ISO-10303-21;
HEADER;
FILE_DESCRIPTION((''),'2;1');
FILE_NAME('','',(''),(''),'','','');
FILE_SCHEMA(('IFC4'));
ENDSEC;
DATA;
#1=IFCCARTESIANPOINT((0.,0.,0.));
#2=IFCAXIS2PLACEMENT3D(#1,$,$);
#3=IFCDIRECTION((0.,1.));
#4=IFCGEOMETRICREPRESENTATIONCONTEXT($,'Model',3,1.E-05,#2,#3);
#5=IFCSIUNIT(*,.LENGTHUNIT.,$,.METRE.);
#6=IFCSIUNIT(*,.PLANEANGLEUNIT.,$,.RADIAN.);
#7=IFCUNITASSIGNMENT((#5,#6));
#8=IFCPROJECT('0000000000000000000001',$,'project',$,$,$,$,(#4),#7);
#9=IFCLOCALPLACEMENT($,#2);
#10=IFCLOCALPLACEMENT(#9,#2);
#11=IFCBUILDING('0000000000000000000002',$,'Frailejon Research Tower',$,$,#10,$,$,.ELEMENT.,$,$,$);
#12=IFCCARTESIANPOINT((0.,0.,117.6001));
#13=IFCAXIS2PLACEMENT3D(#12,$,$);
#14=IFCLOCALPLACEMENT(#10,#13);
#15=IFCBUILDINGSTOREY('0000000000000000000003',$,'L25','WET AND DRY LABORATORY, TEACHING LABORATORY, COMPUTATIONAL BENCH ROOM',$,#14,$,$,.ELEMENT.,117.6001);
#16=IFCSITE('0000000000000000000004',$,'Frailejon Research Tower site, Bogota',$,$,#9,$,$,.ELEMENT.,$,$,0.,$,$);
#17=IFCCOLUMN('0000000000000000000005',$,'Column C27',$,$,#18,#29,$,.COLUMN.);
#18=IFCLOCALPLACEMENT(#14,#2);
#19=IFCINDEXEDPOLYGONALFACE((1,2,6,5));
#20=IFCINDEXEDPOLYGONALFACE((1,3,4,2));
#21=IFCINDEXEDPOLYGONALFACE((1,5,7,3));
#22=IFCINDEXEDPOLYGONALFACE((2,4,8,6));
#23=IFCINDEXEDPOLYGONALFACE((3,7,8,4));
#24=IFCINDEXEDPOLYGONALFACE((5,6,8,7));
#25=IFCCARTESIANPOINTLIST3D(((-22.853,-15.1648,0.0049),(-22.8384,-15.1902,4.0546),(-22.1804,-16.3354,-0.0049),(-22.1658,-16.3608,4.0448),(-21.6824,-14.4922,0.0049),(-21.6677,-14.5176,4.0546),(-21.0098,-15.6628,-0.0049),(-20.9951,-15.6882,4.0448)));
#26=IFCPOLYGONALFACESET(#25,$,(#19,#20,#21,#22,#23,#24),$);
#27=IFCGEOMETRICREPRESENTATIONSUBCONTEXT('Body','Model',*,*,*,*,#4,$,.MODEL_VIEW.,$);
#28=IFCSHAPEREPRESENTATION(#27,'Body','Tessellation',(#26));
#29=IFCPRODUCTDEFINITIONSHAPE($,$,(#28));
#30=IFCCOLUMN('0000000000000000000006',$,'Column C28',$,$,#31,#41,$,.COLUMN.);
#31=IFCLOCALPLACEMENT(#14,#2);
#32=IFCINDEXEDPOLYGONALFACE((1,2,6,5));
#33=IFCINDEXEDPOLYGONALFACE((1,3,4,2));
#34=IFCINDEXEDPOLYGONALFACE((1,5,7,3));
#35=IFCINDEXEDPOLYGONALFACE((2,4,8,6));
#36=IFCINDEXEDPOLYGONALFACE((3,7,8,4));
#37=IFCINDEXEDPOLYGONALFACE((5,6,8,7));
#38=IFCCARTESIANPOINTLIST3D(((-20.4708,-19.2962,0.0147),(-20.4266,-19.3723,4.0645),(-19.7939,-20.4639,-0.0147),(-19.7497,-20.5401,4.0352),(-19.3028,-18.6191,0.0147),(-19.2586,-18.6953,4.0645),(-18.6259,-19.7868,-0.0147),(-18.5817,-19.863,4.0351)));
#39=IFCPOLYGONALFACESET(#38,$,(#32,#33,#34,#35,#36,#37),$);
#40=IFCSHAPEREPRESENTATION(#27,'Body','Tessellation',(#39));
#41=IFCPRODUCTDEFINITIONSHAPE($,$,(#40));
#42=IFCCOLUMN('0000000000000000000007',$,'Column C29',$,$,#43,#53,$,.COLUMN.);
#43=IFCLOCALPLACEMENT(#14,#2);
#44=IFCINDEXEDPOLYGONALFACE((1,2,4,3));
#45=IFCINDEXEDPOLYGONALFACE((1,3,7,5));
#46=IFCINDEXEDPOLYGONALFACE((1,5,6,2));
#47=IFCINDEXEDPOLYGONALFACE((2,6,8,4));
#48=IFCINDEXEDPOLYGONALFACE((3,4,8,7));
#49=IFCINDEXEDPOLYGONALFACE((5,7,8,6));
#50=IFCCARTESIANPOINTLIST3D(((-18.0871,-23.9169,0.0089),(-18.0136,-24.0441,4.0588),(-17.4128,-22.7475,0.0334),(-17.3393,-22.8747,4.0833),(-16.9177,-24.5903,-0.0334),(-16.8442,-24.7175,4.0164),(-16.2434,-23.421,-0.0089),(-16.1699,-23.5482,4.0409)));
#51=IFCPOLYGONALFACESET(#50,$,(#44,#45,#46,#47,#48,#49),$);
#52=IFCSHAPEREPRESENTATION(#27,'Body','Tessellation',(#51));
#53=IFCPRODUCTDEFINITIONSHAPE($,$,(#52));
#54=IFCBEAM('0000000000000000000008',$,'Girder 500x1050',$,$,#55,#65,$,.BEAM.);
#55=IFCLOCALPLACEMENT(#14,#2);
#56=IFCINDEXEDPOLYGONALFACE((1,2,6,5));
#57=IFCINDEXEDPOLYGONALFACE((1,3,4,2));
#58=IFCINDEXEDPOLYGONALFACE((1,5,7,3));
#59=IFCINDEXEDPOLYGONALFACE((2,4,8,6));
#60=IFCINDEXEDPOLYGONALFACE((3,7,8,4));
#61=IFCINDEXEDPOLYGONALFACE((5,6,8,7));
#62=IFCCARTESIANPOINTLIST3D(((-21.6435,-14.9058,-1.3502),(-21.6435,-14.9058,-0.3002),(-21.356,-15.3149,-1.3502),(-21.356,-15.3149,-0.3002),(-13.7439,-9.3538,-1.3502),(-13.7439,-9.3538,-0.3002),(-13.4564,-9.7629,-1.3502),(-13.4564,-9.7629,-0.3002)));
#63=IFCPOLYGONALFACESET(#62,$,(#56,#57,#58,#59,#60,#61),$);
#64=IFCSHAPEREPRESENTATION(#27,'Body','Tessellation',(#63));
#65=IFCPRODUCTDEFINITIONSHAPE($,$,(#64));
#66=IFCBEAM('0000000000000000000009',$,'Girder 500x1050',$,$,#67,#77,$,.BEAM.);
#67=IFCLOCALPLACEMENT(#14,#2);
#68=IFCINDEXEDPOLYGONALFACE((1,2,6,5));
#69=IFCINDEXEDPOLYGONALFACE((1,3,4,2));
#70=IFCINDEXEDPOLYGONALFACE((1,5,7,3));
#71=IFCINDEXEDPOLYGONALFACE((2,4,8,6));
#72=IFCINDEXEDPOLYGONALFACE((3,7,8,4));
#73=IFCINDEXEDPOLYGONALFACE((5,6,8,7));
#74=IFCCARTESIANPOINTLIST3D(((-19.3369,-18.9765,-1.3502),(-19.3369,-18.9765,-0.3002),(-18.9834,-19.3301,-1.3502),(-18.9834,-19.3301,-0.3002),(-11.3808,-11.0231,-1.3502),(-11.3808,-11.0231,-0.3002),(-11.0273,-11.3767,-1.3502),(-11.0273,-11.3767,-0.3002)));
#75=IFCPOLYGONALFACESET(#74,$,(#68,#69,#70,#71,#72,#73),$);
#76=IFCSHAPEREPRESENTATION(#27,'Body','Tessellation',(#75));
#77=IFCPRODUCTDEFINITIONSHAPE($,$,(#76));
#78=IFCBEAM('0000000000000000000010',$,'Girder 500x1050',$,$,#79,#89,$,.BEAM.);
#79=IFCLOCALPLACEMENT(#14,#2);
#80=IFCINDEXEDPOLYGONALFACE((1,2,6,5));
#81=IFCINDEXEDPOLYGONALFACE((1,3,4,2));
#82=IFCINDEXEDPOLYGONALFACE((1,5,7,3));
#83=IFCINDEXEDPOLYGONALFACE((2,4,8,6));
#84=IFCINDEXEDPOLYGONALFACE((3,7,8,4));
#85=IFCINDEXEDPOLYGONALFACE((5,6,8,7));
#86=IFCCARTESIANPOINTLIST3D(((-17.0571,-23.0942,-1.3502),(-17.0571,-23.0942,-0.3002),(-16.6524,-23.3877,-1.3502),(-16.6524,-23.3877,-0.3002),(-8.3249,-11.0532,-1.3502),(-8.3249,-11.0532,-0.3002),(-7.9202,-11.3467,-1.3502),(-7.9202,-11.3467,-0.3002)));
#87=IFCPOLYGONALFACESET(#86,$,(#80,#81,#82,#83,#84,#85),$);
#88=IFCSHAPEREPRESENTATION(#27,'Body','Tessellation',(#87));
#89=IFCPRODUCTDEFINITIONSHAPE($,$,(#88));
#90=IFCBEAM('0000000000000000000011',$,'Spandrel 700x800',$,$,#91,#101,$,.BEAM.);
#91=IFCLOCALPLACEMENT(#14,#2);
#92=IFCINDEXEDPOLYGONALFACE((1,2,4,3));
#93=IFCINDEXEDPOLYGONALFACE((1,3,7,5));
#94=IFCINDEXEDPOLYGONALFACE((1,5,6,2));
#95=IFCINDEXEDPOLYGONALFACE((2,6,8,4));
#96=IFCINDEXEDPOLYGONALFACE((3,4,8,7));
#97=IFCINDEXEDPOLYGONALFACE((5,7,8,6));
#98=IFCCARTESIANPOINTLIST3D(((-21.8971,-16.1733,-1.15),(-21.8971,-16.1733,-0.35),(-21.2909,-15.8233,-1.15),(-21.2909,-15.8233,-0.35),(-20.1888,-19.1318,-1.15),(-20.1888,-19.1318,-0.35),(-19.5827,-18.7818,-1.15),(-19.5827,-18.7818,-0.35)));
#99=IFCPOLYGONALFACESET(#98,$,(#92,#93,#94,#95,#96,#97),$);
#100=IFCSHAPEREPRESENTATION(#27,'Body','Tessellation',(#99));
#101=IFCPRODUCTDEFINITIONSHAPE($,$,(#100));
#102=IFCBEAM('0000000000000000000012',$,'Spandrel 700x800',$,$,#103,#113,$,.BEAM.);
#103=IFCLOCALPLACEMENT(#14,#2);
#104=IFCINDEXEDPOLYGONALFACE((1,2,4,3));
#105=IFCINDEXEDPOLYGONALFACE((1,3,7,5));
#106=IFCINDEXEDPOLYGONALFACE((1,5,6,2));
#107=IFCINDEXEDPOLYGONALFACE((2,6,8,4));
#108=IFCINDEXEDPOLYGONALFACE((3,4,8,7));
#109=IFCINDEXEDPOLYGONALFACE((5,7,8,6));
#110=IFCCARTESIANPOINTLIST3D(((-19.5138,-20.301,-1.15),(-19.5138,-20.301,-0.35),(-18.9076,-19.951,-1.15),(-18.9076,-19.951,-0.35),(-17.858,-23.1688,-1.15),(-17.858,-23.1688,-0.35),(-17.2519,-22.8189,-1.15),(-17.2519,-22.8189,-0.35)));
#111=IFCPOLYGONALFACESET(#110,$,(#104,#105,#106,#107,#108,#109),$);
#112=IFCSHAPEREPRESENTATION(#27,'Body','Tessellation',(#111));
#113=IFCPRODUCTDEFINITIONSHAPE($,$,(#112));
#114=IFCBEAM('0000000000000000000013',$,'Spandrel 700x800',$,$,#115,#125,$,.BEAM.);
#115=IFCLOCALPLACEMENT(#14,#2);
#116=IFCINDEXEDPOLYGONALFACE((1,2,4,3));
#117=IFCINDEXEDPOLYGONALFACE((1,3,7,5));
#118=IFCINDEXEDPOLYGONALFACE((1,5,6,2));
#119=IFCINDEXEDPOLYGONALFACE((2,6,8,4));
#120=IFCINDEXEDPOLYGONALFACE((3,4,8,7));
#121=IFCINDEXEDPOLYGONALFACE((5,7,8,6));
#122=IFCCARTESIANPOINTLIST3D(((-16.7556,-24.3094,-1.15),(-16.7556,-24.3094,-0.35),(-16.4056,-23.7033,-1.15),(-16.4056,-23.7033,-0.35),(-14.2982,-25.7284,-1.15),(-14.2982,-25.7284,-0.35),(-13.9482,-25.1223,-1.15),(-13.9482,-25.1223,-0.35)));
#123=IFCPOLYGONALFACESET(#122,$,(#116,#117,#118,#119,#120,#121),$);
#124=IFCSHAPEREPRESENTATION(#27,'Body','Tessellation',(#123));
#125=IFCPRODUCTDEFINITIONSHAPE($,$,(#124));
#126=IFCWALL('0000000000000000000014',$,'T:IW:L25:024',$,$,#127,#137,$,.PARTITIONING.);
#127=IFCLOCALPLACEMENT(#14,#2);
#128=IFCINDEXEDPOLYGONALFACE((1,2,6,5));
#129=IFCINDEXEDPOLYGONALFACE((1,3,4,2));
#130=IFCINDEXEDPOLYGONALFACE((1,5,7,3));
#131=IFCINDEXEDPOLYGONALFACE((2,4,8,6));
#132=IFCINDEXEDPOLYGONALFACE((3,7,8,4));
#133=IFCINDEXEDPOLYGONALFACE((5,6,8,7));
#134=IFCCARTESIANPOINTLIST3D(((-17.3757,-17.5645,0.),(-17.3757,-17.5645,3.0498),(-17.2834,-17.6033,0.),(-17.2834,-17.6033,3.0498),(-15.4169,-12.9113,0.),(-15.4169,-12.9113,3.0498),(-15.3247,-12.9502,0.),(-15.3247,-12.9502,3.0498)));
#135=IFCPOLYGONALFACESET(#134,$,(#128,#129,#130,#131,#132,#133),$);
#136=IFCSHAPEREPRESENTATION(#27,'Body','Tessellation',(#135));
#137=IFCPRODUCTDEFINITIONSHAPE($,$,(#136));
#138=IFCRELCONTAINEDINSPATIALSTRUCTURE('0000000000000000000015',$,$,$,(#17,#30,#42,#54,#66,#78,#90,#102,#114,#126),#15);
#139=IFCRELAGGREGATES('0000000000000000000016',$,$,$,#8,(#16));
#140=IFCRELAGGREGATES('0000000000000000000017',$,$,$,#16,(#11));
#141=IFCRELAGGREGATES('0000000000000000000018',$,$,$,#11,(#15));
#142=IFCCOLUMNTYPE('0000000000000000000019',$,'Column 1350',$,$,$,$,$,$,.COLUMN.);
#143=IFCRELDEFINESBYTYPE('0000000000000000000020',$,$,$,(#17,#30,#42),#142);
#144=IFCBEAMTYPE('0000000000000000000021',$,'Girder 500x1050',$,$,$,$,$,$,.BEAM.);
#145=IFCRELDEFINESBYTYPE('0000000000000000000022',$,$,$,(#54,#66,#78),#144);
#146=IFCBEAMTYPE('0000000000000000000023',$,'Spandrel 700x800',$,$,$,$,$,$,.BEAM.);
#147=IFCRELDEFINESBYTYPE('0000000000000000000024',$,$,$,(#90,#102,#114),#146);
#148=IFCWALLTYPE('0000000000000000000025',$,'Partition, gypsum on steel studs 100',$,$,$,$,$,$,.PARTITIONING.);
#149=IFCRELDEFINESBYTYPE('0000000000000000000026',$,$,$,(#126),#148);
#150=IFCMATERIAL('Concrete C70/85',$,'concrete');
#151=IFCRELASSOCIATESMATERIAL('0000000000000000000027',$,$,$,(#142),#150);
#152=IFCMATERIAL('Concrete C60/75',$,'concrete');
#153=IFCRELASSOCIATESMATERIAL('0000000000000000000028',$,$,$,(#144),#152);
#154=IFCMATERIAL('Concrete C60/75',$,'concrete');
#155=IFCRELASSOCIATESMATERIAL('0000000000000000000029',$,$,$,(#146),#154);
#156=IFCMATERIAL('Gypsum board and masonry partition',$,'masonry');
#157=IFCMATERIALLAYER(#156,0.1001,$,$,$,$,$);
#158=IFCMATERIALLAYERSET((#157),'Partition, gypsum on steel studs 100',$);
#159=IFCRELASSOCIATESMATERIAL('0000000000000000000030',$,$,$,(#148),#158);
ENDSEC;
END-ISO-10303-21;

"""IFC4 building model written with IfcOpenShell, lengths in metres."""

from ifc_helpers import new_model, si_unit, direction, frame, frame_2d, origin, origin_2d, place, context, subcontext, project, spatial, rectangle, extrude, material, layer, layer_set, material_profile, profile_set, type_object, element, save


model = new_model("IFC4")

# Units and contexts
model_context = context("Model", 3, precision=1e-05, world=origin(), true_north=direction((0.0, 1.0)))
body_context = subcontext(model_context, "Body", "Model", "MODEL_VIEW")
ifc_project = project(units=[si_unit("LENGTHUNIT", "METRE"), si_unit("PLANEANGLEUNIT", "RADIAN")], contexts=[model_context])

# Site, building, storey
site_placement = place(None, origin())
site = spatial("IfcSite", under=ifc_project, at=site_placement, Name="Frailejon Research Tower site, Bogota", CompositionType="ELEMENT", RefElevation=0.0)
building_placement = place(site_placement, origin())
building = spatial("IfcBuilding", under=site, at=building_placement, Name="Frailejon Research Tower", CompositionType="ELEMENT")
storey_placement = place(building_placement, frame((0.0, 0.0, 117.6001)))
storey = spatial("IfcBuildingStorey", under=building, at=storey_placement, Name="L25", Description="WET AND DRY LABORATORY, TEACHING LABORATORY, COMPUTATIONAL BENCH ROOM", CompositionType="ELEMENT", Elevation=117.6001)

# Columns
ifc_material_1 = material(Name="Concrete C70/85", Category="concrete")
ifc_material_profile_1 = material_profile(ifc_material_1, rectangle(XDim=1.3501, YDim=1.3501, at=origin_2d()), Name="Column 1350")
ifc_profile_set_1 = profile_set([ifc_material_profile_1], Name="Concrete C70/85")
column_type = type_object("IfcColumnType", Name="Column 1350", PredefinedType="COLUMN", material=ifc_profile_set_1)
column_1_placement = place(storey_placement, frame((-21.9314, -15.4138, 0.0), z_axis=(0.003617, -0.006269, 0.999974), x_axis=(0.498177, -0.867045, -0.007238)))
element("IfcColumn", 1, at=column_1_placement, inside=storey, type_object=column_type, Name="Column C27", PredefinedType="COLUMN", context=body_context, shape_type="SweptSolid", body=[
    extrude(rectangle(XDim=1.3501, YDim=1.3501, at=origin_2d()), origin(), (0.0, 0.0, 1.0), 4.0498),
])
column_2_placement = place(storey_placement, frame((-19.5483, -19.5415, 0.0), z_axis=(0.010909, -0.018804, 0.999764), x_axis=(0.501388, -0.864949, -0.02174)))
element("IfcColumn", 2, at=column_2_placement, inside=storey, type_object=column_type, Name="Column C28", PredefinedType="COLUMN", context=body_context, shape_type="SweptSolid", body=[
    extrude(rectangle(XDim=1.3501, YDim=1.3501, at=origin_2d()), origin(), (0.0, 0.0, 1.0), 4.0508),
])
column_3_placement = place(storey_placement, frame((-17.1653, -23.6689, 0.0), z_axis=(0.018134, -0.031388, 0.999343), x_axis=(0.866156, -0.498787, -0.031383)))
element("IfcColumn", 3, at=column_3_placement, inside=storey, type_object=column_type, Name="Column C29", PredefinedType="COLUMN", context=body_context, shape_type="SweptSolid", body=[
    extrude(rectangle(XDim=1.3501, YDim=1.3501, at=origin_2d()), origin(), (0.0, 0.0, 1.0), 4.0525),
])

# Beams
ifc_material_2 = material(Name="Concrete C60/75", Category="concrete")
ifc_material_profile_2 = material_profile(ifc_material_2, rectangle(XDim=0.5, YDim=1.05, at=origin_2d()), Name="Girder 500x1050")
ifc_profile_set_2 = profile_set([ifc_material_profile_2], Name="Concrete C60/75")
beam_type_1 = type_object("IfcBeamType", Name="Girder 500x1050", PredefinedType="BEAM", material=ifc_profile_set_2)
beam_1_placement = place(storey_placement, frame((-21.4998, -15.1104, -0.8252), z_axis=(0.818148, 0.575007, 0.0), x_axis=(-0.575007, 0.818148, 0.0)))
element("IfcBeam", 4, at=beam_1_placement, inside=storey, type_object=beam_type_1, Name="Girder 500x1050", PredefinedType="BEAM", context=body_context, shape_type="SweptSolid", body=[
    extrude(rectangle(XDim=0.5, YDim=1.05, at=origin_2d()), origin(), (0.0, 0.0, 1.0), 9.6555),
])
beam_2_placement = place(storey_placement, frame((-19.1602, -19.1533, -0.8252), z_axis=(0.707226, 0.706987, 0.0), x_axis=(-0.706987, 0.707226, 0.0)))
element("IfcBeam", 5, at=beam_2_placement, inside=storey, type_object=beam_type_1, Name="Girder 500x1050", PredefinedType="BEAM", context=body_context, shape_type="SweptSolid", body=[
    extrude(rectangle(XDim=0.5, YDim=1.05, at=origin_2d()), origin(), (0.0, 0.0, 1.0), 11.2498),
])
beam_3_placement = place(storey_placement, frame((-16.8547, -23.241, -0.8252), z_axis=(0.587075, 0.809532, 0.0), x_axis=(-0.809532, 0.587075, 0.0)))
element("IfcBeam", 6, at=beam_3_placement, inside=storey, type_object=beam_type_1, Name="Girder 500x1050", PredefinedType="BEAM", context=body_context, shape_type="SweptSolid", body=[
    extrude(rectangle(XDim=0.5, YDim=1.05, at=origin_2d()), origin(), (0.0, 0.0, 1.0), 14.874),
])
ifc_material_3 = material(Name="Concrete C60/75", Category="concrete")
ifc_material_profile_3 = material_profile(ifc_material_3, rectangle(XDim=0.7, YDim=0.8, at=origin_2d()), Name="Spandrel 700x800")
ifc_profile_set_3 = profile_set([ifc_material_profile_3], Name="Concrete C60/75")
beam_type_2 = type_object("IfcBeamType", Name="Spandrel 700x800", PredefinedType="BEAM", material=ifc_profile_set_3)
beam_4_placement = place(storey_placement, frame((-21.594, -15.9983, -0.75), z_axis=(0.500036, -0.866005, 0.0), x_axis=(0.866005, 0.500036, 0.0)))
element("IfcBeam", 7, at=beam_4_placement, inside=storey, type_object=beam_type_2, Name="Spandrel 700x800", PredefinedType="BEAM", context=body_context, shape_type="SweptSolid", body=[
    extrude(rectangle(XDim=0.7, YDim=0.8, at=origin_2d()), origin(), (0.0, 0.0, 1.0), 3.4163),
])
beam_5_placement = place(storey_placement, frame((-19.2107, -20.126, -0.75), z_axis=(0.499993, -0.86603, 0.0), x_axis=(0.86603, 0.499993, 0.0)))
element("IfcBeam", 8, at=beam_5_placement, inside=storey, type_object=beam_type_2, Name="Spandrel 700x800", PredefinedType="BEAM", context=body_context, shape_type="SweptSolid", body=[
    extrude(rectangle(XDim=0.7, YDim=0.8, at=origin_2d()), origin(), (0.0, 0.0, 1.0), 3.3115),
])
beam_6_placement = place(storey_placement, frame((-16.5806, -24.0063, -0.75), z_axis=(0.865989, -0.500063, 0.0), x_axis=(0.500063, 0.865989, 0.0)))
element("IfcBeam", 9, at=beam_6_placement, inside=storey, type_object=beam_type_2, Name="Spandrel 700x800", PredefinedType="BEAM", context=body_context, shape_type="SweptSolid", body=[
    extrude(rectangle(XDim=0.7, YDim=0.8, at=origin_2d()), origin(), (0.0, 0.0, 1.0), 2.8376),
])

# Wall
ifc_material_4 = material(Name="Gypsum board and masonry partition", Category="masonry")
ifc_layer_1 = layer(ifc_material_4, 0.1001)
ifc_layer_set_1 = layer_set([ifc_layer_1], Name="Partition, gypsum on steel studs 100")
wall_type_1 = type_object("IfcWallType", Name="Partition, gypsum on steel studs 100", PredefinedType="PARTITIONING", material=ifc_layer_set_1)
wall_1_placement = place(storey_placement, frame((-17.3296, -17.584, 0.0), z_axis=(0.0, 0.0, 1.0), x_axis=(0.387981, 0.921667, 0.0)))
element("IfcWall", 10, at=wall_1_placement, inside=storey, type_object=wall_type_1, Name="T:IW:L25:024", PredefinedType="PARTITIONING", context=body_context, shape_type="SweptSolid", body=[
    extrude(rectangle(XDim=5.0486, YDim=0.1001, at=frame_2d((2.5244, 0.0))), origin(), (0.0, 0.0, 1.0), 3.0498),
])

save(model, "model.ifc")
